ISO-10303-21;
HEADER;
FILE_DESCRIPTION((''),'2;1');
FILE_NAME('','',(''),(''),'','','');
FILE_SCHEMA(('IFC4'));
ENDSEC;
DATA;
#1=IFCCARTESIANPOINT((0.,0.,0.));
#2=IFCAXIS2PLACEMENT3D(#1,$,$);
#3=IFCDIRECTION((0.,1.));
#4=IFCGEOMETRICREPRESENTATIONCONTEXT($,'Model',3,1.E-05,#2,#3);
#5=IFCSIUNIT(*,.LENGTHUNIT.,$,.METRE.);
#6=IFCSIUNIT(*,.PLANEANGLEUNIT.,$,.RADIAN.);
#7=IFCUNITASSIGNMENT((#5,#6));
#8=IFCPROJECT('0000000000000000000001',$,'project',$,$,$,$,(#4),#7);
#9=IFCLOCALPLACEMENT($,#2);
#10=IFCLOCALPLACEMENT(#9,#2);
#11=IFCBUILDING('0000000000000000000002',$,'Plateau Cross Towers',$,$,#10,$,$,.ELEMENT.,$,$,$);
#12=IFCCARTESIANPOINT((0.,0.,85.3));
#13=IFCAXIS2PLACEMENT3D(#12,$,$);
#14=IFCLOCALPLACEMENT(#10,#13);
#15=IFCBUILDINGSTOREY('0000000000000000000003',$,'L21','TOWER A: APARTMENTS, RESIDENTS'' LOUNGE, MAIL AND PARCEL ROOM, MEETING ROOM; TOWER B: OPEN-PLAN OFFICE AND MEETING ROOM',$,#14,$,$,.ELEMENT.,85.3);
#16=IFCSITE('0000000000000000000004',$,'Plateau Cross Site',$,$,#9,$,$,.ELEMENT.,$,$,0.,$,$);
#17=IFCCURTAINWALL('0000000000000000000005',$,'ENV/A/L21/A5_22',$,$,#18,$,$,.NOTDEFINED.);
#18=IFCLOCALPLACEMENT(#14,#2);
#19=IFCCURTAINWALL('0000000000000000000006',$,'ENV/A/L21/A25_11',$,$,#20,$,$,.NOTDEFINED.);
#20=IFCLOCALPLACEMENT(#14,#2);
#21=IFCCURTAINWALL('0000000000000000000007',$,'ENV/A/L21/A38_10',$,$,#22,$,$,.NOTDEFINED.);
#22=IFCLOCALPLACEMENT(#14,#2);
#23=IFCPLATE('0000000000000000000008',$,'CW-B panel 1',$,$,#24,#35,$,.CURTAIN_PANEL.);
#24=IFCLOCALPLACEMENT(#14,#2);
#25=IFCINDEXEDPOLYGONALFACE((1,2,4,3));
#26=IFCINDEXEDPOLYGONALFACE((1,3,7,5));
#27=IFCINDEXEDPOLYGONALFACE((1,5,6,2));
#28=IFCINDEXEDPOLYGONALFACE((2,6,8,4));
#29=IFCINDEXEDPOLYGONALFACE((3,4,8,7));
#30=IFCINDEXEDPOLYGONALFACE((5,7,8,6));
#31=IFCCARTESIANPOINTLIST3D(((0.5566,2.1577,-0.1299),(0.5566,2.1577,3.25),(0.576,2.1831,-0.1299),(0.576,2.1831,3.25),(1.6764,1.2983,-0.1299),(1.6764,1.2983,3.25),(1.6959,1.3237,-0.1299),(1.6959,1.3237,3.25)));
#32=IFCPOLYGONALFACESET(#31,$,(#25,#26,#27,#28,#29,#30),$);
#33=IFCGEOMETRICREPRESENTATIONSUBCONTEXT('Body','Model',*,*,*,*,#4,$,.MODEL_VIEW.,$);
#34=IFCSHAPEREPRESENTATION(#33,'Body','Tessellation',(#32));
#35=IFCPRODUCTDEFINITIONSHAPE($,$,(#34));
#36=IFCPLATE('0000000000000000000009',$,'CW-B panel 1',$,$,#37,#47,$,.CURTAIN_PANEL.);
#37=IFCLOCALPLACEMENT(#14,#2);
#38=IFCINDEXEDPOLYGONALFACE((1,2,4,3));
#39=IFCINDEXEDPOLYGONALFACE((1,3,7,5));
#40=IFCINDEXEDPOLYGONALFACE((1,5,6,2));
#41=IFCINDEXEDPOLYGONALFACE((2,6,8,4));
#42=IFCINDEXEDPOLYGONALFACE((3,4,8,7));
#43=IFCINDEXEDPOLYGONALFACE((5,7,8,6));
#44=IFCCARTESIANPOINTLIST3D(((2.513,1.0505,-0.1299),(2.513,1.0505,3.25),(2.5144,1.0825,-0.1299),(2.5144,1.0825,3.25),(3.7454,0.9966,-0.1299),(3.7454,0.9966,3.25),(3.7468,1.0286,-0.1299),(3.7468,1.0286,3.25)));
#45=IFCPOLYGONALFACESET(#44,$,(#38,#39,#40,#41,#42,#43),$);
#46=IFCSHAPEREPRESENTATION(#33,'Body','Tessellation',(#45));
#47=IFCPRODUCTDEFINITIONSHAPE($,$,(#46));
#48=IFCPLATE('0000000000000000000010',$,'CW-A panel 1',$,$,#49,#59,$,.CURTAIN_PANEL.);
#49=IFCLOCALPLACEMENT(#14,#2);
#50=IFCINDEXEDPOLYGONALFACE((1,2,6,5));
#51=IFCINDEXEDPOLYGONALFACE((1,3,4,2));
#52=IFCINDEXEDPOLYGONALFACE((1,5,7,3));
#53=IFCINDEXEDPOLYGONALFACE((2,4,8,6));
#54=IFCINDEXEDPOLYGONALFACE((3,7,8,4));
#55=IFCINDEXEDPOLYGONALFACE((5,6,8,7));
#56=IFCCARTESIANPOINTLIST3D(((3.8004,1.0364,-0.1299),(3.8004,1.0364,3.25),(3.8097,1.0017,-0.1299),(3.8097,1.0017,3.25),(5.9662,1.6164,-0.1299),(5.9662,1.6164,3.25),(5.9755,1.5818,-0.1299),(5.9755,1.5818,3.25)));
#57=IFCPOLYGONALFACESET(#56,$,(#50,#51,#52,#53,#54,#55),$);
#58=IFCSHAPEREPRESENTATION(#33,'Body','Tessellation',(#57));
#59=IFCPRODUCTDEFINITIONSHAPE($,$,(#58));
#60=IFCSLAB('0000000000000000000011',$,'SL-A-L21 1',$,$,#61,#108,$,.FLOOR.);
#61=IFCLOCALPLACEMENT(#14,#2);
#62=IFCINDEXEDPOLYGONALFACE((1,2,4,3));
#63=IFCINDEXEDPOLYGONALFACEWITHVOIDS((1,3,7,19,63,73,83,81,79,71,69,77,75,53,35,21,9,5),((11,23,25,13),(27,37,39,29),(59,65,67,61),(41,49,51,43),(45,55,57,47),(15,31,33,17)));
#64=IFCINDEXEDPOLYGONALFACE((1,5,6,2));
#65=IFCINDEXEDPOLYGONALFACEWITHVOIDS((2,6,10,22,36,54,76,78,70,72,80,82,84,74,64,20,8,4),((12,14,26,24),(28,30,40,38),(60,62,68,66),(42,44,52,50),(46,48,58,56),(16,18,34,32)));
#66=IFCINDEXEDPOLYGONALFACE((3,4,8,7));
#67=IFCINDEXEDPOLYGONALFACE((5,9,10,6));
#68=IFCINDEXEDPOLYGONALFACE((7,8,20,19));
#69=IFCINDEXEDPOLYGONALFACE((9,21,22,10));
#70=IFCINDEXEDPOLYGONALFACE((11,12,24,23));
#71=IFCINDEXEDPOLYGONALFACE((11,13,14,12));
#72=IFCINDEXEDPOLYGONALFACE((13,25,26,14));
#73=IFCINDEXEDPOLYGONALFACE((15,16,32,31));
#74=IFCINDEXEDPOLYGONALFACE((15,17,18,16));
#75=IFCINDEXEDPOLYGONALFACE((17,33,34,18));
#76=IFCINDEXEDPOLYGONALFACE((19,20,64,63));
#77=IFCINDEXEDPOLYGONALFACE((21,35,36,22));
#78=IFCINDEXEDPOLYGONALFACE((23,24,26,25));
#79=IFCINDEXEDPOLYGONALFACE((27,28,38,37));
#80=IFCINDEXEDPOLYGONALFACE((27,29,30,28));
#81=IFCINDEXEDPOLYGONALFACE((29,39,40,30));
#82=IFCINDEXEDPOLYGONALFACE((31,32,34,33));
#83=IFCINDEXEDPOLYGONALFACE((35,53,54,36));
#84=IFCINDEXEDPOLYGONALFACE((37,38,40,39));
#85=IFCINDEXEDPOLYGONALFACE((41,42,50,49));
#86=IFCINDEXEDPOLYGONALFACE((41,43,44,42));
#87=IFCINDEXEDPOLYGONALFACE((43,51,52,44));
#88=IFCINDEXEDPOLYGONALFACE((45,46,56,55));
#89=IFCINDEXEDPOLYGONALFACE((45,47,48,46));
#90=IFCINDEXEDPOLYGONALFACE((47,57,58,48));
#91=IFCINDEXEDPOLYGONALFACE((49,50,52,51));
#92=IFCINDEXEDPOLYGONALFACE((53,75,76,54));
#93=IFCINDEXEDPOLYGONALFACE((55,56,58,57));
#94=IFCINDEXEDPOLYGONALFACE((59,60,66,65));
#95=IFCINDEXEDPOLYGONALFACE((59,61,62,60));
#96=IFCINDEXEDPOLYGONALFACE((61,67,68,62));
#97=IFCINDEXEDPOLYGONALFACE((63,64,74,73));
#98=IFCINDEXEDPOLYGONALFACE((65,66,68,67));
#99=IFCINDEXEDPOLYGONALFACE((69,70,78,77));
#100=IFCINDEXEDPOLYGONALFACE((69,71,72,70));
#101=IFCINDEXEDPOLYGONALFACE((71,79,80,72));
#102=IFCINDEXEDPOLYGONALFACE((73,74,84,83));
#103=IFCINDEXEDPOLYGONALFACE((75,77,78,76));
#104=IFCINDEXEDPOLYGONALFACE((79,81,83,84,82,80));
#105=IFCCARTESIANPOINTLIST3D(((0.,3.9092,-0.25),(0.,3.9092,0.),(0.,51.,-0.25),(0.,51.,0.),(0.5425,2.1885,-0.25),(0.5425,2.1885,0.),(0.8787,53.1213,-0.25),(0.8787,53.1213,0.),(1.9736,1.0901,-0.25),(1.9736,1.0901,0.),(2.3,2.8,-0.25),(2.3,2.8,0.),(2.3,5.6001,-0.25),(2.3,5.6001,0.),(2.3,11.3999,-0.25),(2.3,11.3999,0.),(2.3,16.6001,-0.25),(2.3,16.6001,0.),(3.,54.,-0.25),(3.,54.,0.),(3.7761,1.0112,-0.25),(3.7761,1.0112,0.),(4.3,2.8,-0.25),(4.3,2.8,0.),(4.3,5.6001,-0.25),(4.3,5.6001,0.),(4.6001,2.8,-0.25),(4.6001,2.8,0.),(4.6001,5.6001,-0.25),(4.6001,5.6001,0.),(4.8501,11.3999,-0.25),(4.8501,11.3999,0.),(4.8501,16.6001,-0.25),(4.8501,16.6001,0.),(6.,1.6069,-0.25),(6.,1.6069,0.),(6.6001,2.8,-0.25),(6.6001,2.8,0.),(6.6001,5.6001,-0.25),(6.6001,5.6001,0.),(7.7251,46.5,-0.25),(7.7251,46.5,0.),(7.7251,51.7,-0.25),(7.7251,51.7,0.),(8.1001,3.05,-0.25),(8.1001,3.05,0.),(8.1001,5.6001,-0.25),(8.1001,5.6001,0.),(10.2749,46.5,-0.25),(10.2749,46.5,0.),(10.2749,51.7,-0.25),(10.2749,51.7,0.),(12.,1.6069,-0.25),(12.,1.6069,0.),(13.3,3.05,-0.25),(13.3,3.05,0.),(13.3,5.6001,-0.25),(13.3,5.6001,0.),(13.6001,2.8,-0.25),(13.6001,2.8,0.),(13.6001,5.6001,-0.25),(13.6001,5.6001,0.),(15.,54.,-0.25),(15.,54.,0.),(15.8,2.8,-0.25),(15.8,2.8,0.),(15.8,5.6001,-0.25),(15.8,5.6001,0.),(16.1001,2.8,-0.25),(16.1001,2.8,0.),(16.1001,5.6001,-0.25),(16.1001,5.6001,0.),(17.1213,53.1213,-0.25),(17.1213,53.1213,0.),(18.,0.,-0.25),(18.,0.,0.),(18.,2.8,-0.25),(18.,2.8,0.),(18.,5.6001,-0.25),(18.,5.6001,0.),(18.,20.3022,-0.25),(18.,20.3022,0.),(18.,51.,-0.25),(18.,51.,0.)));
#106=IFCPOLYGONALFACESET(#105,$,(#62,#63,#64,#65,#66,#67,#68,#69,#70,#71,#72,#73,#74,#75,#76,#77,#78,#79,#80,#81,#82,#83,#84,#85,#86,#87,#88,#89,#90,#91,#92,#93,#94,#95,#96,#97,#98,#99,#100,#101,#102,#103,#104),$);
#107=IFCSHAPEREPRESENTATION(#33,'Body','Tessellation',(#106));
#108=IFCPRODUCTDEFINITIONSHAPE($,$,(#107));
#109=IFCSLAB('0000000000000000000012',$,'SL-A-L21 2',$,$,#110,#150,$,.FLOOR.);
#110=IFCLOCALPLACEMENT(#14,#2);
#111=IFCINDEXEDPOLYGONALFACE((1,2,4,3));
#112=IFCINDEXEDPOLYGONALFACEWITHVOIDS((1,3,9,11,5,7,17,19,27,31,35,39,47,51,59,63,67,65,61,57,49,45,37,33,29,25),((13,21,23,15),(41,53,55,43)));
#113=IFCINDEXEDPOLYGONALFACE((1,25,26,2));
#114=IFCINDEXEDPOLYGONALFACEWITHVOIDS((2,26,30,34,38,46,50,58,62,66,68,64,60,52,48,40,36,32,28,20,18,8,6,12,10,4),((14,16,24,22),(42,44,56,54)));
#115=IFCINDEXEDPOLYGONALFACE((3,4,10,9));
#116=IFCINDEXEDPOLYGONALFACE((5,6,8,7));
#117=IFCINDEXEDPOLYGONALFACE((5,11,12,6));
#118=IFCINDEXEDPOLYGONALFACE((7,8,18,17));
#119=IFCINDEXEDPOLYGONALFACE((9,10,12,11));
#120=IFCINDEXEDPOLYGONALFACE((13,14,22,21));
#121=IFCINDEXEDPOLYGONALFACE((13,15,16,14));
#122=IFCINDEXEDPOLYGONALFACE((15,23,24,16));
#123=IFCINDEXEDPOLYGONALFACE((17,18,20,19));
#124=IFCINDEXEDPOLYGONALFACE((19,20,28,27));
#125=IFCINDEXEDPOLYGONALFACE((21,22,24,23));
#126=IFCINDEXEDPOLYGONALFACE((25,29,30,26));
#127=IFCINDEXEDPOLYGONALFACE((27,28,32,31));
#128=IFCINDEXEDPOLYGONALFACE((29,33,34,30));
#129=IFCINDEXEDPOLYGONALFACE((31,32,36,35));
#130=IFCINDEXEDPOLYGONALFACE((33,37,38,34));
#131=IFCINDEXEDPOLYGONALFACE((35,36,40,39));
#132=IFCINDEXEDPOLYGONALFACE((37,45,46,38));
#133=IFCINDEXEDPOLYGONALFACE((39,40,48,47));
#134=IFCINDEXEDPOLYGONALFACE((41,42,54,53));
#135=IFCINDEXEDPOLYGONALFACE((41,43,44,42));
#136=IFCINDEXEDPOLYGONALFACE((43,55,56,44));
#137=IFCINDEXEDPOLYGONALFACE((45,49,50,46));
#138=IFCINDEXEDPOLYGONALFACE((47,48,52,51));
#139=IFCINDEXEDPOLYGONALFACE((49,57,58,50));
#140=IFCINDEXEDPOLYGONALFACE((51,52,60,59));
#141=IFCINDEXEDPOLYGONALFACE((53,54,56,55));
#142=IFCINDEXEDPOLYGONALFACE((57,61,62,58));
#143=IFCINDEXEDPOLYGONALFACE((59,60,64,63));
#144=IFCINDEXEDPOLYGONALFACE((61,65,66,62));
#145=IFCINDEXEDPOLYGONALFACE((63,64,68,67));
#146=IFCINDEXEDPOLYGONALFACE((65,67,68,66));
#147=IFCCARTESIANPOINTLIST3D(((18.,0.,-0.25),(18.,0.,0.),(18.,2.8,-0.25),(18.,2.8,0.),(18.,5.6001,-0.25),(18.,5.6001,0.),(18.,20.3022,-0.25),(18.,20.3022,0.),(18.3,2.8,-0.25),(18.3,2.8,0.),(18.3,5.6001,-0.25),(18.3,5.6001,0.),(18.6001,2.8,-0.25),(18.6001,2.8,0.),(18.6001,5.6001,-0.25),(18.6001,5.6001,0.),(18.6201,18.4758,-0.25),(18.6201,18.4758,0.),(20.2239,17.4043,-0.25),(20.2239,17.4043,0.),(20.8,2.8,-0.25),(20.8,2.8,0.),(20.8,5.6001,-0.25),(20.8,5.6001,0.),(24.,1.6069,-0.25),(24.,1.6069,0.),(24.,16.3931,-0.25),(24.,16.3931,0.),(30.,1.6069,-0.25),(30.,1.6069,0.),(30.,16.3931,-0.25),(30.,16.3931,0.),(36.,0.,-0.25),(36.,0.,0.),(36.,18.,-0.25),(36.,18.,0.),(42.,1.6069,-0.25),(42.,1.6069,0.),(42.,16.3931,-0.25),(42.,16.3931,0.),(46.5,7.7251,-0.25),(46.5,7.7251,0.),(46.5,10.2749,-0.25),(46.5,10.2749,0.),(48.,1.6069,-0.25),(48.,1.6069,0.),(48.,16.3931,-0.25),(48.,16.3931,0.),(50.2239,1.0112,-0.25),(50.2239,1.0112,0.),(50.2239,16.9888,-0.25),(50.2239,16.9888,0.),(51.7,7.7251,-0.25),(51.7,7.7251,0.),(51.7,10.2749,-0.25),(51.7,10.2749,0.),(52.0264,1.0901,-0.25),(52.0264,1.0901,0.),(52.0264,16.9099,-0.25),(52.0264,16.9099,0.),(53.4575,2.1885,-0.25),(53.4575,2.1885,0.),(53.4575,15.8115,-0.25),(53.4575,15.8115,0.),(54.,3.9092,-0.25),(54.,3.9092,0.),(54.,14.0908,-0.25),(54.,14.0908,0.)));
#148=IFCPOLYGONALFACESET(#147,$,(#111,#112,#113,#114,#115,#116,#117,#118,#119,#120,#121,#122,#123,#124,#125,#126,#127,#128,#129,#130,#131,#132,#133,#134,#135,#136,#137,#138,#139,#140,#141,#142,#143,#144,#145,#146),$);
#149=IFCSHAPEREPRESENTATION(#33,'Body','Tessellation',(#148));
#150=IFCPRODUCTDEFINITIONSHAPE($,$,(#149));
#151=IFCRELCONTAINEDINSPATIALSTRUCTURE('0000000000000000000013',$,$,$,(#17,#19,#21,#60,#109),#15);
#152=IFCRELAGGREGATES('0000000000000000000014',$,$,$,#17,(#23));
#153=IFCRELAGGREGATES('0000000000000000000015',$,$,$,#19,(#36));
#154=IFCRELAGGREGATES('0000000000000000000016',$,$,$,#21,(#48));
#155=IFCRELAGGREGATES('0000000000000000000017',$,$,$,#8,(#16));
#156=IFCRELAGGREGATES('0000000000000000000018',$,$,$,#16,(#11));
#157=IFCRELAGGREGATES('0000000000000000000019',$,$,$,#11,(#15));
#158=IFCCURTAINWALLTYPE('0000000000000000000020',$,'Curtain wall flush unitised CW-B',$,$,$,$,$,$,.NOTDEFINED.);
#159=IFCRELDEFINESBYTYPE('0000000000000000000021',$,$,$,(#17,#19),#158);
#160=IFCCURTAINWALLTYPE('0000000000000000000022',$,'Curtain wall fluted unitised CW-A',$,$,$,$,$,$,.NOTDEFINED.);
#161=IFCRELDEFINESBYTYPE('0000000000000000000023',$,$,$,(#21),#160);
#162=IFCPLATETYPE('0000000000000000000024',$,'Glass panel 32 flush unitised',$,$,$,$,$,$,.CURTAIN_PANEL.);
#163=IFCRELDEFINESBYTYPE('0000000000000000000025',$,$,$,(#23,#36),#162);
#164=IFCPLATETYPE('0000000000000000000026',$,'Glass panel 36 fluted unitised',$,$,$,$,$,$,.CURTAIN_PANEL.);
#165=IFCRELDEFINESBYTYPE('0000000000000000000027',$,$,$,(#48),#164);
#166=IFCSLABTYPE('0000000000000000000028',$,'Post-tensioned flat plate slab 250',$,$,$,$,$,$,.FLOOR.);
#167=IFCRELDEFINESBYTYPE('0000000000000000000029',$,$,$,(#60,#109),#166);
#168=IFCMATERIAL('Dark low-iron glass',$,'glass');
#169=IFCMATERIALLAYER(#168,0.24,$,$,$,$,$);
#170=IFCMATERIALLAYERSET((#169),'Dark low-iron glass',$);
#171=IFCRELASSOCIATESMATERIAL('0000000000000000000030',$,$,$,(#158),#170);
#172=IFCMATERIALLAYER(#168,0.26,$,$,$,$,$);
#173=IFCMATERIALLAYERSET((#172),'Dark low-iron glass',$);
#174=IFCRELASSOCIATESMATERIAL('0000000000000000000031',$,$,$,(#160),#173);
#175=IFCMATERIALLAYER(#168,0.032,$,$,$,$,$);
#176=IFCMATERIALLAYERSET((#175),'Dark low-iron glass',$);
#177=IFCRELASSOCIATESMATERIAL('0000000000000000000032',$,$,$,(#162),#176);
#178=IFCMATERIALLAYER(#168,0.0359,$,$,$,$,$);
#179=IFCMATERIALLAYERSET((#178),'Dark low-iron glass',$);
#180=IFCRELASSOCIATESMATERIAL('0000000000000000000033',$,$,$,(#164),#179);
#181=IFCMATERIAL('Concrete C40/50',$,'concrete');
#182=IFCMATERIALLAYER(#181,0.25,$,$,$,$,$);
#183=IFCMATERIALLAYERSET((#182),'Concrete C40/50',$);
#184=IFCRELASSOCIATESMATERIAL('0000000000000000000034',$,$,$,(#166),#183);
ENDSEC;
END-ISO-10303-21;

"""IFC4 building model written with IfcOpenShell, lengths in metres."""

from ifc_helpers import new_model, si_unit, direction, frame, origin, origin_2d, place, context, subcontext, project, spatial, polyline, rectangle, outline, extrude, material, layer, layer_set, type_object, element, aggregate, save


model = new_model("IFC4")

# Units and contexts
model_context = context("Model", 3, precision=1e-05, world=origin(), true_north=direction((0.0, 1.0)))
body_context = subcontext(model_context, "Body", "Model", "MODEL_VIEW")
ifc_project = project(units=[si_unit("LENGTHUNIT", "METRE"), si_unit("PLANEANGLEUNIT", "RADIAN")], contexts=[model_context])

# Site, building, storey
site_placement = place(None, origin())
site = spatial("IfcSite", under=ifc_project, at=site_placement, Name="Plateau Cross Site", CompositionType="ELEMENT", RefElevation=0.0)
building_placement = place(site_placement, origin())
building = spatial("IfcBuilding", under=site, at=building_placement, Name="Plateau Cross Towers", CompositionType="ELEMENT")
storey_placement = place(building_placement, frame((0.0, 0.0, 85.3)))
storey = spatial("IfcBuildingStorey", under=building, at=storey_placement, Name="L21", Description="TOWER A: APARTMENTS, RESIDENTS' LOUNGE, MAIL AND PARCEL ROOM, MEETING ROOM; TOWER B: OPEN-PLAN OFFICE AND MEETING ROOM", CompositionType="ELEMENT", Elevation=85.3)

# Curtain wall
ifc_material_1 = material(Name="Dark low-iron glass", Category="glass")
ifc_layer_1 = layer(ifc_material_1, 0.24)
ifc_layer_set_1 = layer_set([ifc_layer_1], Name="Dark low-iron glass")
curtain_wall_type_1 = type_object("IfcCurtainWallType", Name="Curtain wall flush unitised CW-B", PredefinedType="NOTDEFINED", material=ifc_layer_set_1)
curtain_wall_1_placement = place(storey_placement, origin())
curtain_wall_1 = element("IfcCurtainWall", 1, at=curtain_wall_1_placement, inside=storey, type_object=curtain_wall_type_1, Name="ENV/A/L21/A5_22", PredefinedType="NOTDEFINED")

# Curtain walls
curtain_wall_2_placement = place(storey_placement, origin())
curtain_wall_2 = element("IfcCurtainWall", 2, at=curtain_wall_2_placement, inside=storey, type_object=curtain_wall_type_1, Name="ENV/A/L21/A25_11", PredefinedType="NOTDEFINED")
ifc_layer_2 = layer(ifc_material_1, 0.26)
ifc_layer_set_2 = layer_set([ifc_layer_2], Name="Dark low-iron glass")
curtain_wall_type_2 = type_object("IfcCurtainWallType", Name="Curtain wall fluted unitised CW-A", PredefinedType="NOTDEFINED", material=ifc_layer_set_2)
curtain_wall_3_placement = place(storey_placement, origin())
curtain_wall_3 = element("IfcCurtainWall", 3, at=curtain_wall_3_placement, inside=storey, type_object=curtain_wall_type_2, Name="ENV/A/L21/A38_10", PredefinedType="NOTDEFINED")

# Shared definitions
ifc_material_2 = material(Name="Concrete C40/50", Category="concrete")

# Plates
ifc_layer_3 = layer(ifc_material_1, 0.032)
ifc_layer_set_3 = layer_set([ifc_layer_3], Name="Dark low-iron glass")
plate_type_1 = type_object("IfcPlateType", Name="Glass panel 32 flush unitised", PredefinedType="CURTAIN_PANEL", material=ifc_layer_set_3)
plate_1_placement = place(storey_placement, frame((1.1262, 1.7407, -0.1299), z_axis=(0.0, 0.0, 1.0), x_axis=(0.793316, -0.608811, 0.0)))
plate_1 = element("IfcPlate", 4, at=plate_1_placement, type_object=plate_type_1, Name="CW-B panel 1", PredefinedType="CURTAIN_PANEL", context=body_context, shape_type="SweptSolid", body=[
    extrude(rectangle(XDim=1.4116, YDim=0.032, at=origin_2d()), origin(), (0.0, 0.0, 1.0), 3.3799),
])
aggregate(curtain_wall_1, [plate_1])
plate_2_placement = place(storey_placement, frame((3.1299, 1.0396, -0.1299), z_axis=(0.0, 0.0, 1.0), x_axis=(0.999044, -0.043723, 0.0)))
plate_2 = element("IfcPlate", 5, at=plate_2_placement, type_object=plate_type_1, Name="CW-B panel 1", PredefinedType="CURTAIN_PANEL", context=body_context, shape_type="SweptSolid", body=[
    extrude(rectangle(XDim=1.2336, YDim=0.032, at=origin_2d()), origin(), (0.0, 0.0, 1.0), 3.3799),
])
aggregate(curtain_wall_2, [plate_2])
ifc_layer_4 = layer(ifc_material_1, 0.0359)
ifc_layer_set_4 = layer_set([ifc_layer_4], Name="Dark low-iron glass")
plate_type_2 = type_object("IfcPlateType", Name="Glass panel 36 fluted unitised", PredefinedType="CURTAIN_PANEL", material=ifc_layer_set_4)
plate_3_placement = place(storey_placement, frame((4.8879, 1.3091, -0.1299), z_axis=(0.0, 0.0, 1.0), x_axis=(0.965958, 0.258699, 0.0)))
plate_3 = element("IfcPlate", 6, at=plate_3_placement, type_object=plate_type_2, Name="CW-A panel 1", PredefinedType="CURTAIN_PANEL", context=body_context, shape_type="SweptSolid", body=[
    extrude(rectangle(XDim=2.2422, YDim=0.0359, at=origin_2d()), origin(), (0.0, 0.0, 1.0), 3.3799),
])
aggregate(curtain_wall_3, [plate_3])

# Slabs
ifc_layer_5 = layer(ifc_material_2, 0.25)
ifc_layer_set_5 = layer_set([ifc_layer_5], Name="Concrete C40/50")
slab_type_1 = type_object("IfcSlabType", Name="Post-tensioned flat plate slab 250", PredefinedType="FLOOR", material=ifc_layer_set_5)
slab_1_placement = place(storey_placement, frame((0.0, 0.0, -0.25)))
element("IfcSlab", 7, at=slab_1_placement, inside=storey, type_object=slab_type_1, Name="SL-A-L21 1", PredefinedType="FLOOR", context=body_context, shape_type="SweptSolid", body=[
    extrude(outline(polyline([(0.5425, 2.1885), (0.0, 3.9092), (0.0, 51.0), (0.8787, 53.1213), (3.0, 54.0), (15.0, 54.0), (17.1213, 53.1213), (18.0, 51.0), (18.0, 20.3022), (18.0, 5.6001), (16.1001, 5.6001), (16.1001, 2.8), (18.0, 2.8), (18.0, 0.0), (12.0, 1.6069), (6.0, 1.6069), (3.7761, 1.0112), (1.9736, 1.0901), (0.5425, 2.1885)]), holes=[polyline([(4.3, 5.6001), (2.3, 5.6001), (2.3, 2.8), (4.3, 2.8), (4.3, 5.6001)]), polyline([(6.6001, 5.6001), (4.6001, 5.6001), (4.6001, 2.8), (6.6001, 2.8), (6.6001, 5.6001)]), polyline([(15.8, 5.6001), (13.6001, 5.6001), (13.6001, 2.8), (15.8, 2.8), (15.8, 5.6001)]), polyline([(13.3, 5.6001), (8.1001, 5.6001), (8.1001, 3.05), (13.3, 3.05), (13.3, 5.6001)]), polyline([(4.8501, 16.6001), (2.3, 16.6001), (2.3, 11.3999), (4.8501, 11.3999), (4.8501, 16.6001)]), polyline([(7.7251, 51.7), (7.7251, 46.5), (10.2749, 46.5), (10.2749, 51.7), (7.7251, 51.7)])]), origin(), (0.0, 0.0, 1.0), 0.25),
])
slab_2_placement = place(storey_placement, frame((0.0, 0.0, -0.25)))
element("IfcSlab", 8, at=slab_2_placement, inside=storey, type_object=slab_type_1, Name="SL-A-L21 2", PredefinedType="FLOOR", context=body_context, shape_type="SweptSolid", body=[
    extrude(outline(polyline([(18.6201, 18.4758), (20.2239, 17.4043), (24.0, 16.3931), (30.0, 16.3931), (36.0, 18.0), (42.0, 16.3931), (48.0, 16.3931), (50.2239, 16.9888), (52.0264, 16.9099), (53.4575, 15.8115), (54.0, 14.0908), (54.0, 3.9092), (53.4575, 2.1885), (52.0264, 1.0901), (50.2239, 1.0112), (48.0, 1.6069), (42.0, 1.6069), (36.0, 0.0), (30.0, 1.6069), (24.0, 1.6069), (18.0, 0.0), (18.0, 2.8), (18.3, 2.8), (18.3, 5.6001), (18.0, 5.6001), (18.0, 20.3022), (18.6201, 18.4758)]), holes=[polyline([(20.8, 5.6001), (18.6001, 5.6001), (18.6001, 2.8), (20.8, 2.8), (20.8, 5.6001)]), polyline([(51.7, 7.7251), (51.7, 10.2749), (46.5, 10.2749), (46.5, 7.7251), (51.7, 7.7251)])]), origin(), (0.0, 0.0, 1.0), 0.25),
])

save(model, "model.ifc")
